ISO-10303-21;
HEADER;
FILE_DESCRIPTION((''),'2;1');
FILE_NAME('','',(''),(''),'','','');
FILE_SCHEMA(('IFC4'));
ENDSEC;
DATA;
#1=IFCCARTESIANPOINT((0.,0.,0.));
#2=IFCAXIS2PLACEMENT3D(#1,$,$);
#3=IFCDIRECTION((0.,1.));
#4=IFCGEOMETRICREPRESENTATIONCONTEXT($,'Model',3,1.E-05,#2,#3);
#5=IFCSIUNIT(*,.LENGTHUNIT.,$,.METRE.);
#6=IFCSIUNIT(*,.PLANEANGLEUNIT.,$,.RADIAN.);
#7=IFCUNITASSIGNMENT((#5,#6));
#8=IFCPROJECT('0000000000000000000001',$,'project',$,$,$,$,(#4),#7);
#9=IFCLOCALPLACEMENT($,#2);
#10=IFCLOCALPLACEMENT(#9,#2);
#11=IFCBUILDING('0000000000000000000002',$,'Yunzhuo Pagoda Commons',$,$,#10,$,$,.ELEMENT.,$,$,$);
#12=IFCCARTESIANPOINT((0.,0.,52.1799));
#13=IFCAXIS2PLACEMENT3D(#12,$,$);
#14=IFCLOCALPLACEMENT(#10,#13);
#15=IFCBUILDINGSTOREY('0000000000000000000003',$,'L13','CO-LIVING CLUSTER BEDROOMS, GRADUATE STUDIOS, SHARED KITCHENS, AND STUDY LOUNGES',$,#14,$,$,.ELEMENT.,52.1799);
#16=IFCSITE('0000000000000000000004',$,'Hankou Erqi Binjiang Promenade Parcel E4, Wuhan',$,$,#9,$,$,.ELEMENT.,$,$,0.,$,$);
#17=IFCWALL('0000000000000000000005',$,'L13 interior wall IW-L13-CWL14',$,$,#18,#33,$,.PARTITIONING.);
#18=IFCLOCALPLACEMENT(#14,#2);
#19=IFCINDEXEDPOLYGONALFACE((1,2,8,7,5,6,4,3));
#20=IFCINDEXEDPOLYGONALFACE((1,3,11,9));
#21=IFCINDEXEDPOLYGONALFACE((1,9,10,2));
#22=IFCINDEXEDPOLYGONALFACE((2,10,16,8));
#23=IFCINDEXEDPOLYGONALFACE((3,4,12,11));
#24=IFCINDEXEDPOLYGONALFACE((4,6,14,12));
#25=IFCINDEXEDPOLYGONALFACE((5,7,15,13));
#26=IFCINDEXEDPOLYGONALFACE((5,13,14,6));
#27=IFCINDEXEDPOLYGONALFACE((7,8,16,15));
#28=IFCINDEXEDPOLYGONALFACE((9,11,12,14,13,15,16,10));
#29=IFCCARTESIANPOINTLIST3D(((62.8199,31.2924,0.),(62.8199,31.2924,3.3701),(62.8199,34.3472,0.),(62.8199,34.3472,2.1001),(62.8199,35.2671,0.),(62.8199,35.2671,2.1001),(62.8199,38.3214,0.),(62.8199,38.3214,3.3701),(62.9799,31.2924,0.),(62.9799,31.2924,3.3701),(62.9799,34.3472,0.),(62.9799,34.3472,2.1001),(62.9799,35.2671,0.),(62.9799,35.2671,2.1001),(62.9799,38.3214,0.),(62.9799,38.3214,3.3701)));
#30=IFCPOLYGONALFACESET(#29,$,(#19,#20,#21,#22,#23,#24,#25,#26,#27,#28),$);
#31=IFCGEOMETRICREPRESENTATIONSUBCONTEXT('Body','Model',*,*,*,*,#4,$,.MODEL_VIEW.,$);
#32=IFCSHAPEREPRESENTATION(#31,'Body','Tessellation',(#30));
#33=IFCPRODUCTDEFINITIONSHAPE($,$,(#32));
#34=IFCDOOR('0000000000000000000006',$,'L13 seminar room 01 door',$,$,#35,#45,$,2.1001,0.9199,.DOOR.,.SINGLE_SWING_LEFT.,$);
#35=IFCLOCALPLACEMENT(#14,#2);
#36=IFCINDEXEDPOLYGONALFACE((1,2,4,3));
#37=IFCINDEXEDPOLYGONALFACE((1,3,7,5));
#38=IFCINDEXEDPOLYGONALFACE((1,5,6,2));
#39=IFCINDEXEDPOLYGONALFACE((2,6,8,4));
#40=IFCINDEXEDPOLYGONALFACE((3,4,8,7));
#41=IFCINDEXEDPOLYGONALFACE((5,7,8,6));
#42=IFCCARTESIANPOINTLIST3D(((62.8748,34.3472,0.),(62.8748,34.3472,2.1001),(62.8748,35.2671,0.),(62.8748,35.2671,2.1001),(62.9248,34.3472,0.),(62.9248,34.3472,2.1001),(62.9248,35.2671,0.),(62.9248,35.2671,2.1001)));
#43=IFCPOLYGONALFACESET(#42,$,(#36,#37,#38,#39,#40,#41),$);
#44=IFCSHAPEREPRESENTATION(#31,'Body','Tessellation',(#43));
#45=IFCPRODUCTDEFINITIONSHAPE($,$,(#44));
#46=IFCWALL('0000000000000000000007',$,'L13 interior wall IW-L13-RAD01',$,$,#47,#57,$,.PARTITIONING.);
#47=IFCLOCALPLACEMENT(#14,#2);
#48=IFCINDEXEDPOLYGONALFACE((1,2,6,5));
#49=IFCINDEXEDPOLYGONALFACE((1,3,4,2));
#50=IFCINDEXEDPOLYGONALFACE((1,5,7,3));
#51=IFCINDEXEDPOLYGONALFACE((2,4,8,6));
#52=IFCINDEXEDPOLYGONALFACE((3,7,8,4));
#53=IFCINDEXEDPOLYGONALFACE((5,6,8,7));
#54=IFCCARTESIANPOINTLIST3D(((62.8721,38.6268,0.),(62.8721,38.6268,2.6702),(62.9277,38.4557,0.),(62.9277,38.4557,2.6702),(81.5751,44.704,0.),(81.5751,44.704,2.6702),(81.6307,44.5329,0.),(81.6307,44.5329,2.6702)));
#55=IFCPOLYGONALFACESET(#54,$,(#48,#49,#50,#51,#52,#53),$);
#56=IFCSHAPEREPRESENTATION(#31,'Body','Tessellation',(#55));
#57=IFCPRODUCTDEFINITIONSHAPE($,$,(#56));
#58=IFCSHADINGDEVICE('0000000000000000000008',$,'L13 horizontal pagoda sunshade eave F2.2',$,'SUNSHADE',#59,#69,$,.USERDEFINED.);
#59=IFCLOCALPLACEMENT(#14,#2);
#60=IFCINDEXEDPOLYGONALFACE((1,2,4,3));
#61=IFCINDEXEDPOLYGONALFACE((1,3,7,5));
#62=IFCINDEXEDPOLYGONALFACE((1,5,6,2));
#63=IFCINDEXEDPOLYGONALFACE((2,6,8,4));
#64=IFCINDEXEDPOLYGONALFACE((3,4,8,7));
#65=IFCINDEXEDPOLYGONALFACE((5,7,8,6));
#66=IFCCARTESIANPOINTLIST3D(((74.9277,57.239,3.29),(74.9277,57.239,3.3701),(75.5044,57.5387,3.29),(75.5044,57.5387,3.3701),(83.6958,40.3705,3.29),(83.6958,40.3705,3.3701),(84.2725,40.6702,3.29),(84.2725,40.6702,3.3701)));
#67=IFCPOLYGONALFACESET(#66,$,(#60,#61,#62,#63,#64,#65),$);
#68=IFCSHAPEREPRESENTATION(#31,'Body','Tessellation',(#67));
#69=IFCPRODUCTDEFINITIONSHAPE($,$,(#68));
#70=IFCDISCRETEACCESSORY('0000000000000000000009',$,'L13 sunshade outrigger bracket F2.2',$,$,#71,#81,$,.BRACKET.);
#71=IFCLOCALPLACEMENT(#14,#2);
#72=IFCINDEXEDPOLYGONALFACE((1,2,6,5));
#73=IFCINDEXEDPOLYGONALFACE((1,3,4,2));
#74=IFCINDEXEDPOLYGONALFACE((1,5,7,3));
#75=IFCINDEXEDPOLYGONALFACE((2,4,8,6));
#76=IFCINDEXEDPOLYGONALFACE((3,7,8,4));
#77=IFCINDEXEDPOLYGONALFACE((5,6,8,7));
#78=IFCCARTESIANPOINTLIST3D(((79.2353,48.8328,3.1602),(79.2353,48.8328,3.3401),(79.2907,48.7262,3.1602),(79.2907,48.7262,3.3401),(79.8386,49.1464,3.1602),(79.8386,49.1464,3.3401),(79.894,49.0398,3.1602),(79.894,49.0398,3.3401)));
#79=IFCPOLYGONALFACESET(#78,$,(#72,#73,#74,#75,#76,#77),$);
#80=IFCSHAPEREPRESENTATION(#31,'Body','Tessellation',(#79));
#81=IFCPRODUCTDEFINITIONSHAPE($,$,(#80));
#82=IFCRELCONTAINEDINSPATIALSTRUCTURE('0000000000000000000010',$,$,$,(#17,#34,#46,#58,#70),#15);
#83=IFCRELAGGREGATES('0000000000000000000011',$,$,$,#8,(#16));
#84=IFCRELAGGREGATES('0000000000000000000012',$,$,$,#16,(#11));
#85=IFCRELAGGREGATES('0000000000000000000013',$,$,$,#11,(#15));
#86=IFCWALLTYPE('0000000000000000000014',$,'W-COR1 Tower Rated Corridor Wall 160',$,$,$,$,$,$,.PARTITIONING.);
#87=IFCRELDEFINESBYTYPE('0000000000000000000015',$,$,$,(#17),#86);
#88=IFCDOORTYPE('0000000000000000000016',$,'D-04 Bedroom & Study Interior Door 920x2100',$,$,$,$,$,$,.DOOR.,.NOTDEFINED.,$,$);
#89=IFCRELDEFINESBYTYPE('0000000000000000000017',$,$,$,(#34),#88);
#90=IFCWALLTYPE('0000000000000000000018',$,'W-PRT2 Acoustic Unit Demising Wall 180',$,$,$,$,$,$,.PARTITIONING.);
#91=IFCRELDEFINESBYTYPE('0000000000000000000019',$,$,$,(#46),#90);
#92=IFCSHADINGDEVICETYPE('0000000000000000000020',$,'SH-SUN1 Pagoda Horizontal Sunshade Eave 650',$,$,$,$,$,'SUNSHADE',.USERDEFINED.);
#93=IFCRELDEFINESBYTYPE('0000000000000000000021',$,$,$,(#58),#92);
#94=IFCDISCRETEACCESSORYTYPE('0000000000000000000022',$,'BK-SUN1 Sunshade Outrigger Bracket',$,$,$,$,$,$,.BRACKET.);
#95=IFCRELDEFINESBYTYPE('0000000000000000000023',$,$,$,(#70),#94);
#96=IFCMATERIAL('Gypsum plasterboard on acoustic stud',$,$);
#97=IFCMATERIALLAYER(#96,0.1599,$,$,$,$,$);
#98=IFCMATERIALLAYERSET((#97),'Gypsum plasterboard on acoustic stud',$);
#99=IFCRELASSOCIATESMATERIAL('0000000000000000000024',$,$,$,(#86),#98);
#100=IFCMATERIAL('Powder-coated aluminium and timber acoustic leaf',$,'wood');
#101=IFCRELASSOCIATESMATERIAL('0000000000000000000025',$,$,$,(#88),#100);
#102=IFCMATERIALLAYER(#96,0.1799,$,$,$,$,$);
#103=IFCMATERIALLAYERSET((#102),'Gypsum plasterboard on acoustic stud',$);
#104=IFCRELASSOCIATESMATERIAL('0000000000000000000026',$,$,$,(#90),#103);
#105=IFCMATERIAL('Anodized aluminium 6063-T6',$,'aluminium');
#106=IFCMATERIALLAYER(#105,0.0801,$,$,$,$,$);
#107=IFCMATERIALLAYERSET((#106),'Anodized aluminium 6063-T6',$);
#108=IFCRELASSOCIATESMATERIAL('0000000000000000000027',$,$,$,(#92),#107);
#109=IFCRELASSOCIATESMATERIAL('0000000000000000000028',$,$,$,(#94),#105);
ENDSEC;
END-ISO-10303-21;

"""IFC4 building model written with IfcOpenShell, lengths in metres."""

from ifc_helpers import new_model, si_unit, direction, frame, frame_2d, origin, origin_with_axes, origin_2d, place, context, subcontext, project, spatial, rectangle, extrude, source, transform, mapped, material, layer, layer_set, type_object, element, fill, save


model = new_model("IFC4")

# Units and contexts
model_context = context("Model", 3, precision=1e-05, world=origin(), true_north=direction((0.0, 1.0)))
body_context = subcontext(model_context, "Body", "Model", "MODEL_VIEW")
ifc_project = project(units=[si_unit("LENGTHUNIT", "METRE"), si_unit("PLANEANGLEUNIT", "RADIAN")], contexts=[model_context])

# Site, building, storey
site_placement = place(None, origin())
site = spatial("IfcSite", under=ifc_project, at=site_placement, Name="Hankou Erqi Binjiang Promenade Parcel E4, Wuhan", CompositionType="ELEMENT", RefElevation=0.0)
building_placement = place(site_placement, origin())
building = spatial("IfcBuilding", under=site, at=building_placement, Name="Yunzhuo Pagoda Commons", CompositionType="ELEMENT")
storey_placement = place(building_placement, frame((0.0, 0.0, 52.1799)))
storey = spatial("IfcBuildingStorey", under=building, at=storey_placement, Name="L13", Description="CO-LIVING CLUSTER BEDROOMS, GRADUATE STUDIOS, SHARED KITCHENS, AND STUDY LOUNGES", CompositionType="ELEMENT", Elevation=52.1799)

# Shared definitions
ifc_material_1 = material(Name="Anodized aluminium 6063-T6", Category="aluminium")

# Wall, opening, door
ifc_material_2 = material(Name="Gypsum plasterboard on acoustic stud")
ifc_layer_1 = layer(ifc_material_2, 0.1599)
ifc_layer_set_1 = layer_set([ifc_layer_1], Name="Gypsum plasterboard on acoustic stud")
wall_type_1 = type_object("IfcWallType", Name="W-COR1 Tower Rated Corridor Wall 160", PredefinedType="PARTITIONING", material=ifc_layer_set_1)
wall_1_placement = place(storey_placement, frame((62.8999, 38.3215, 0.0), z_axis=(0.0, 0.0, 1.0), x_axis=(0.0, -1.0, 0.0)))
wall_1 = element("IfcWall", 1, at=wall_1_placement, inside=storey, type_object=wall_type_1, Name="L13 interior wall IW-L13-CWL14", PredefinedType="PARTITIONING", context=body_context, shape_type="SweptSolid", body=[
    extrude(rectangle(XDim=7.0291, YDim=0.1599, at=frame_2d((3.5146, 0.0))), origin(), (0.0, 0.0, 1.0), 3.3701),
])
opening_1_placement = place(wall_1_placement, frame((3.0544, 0.0, 0.0)))
opening_1 = element("IfcOpeningElement", 2, at=opening_1_placement, cuts=wall_1, PredefinedType="OPENING", context=body_context, shape_type="SweptSolid", body=[
    extrude(rectangle(XDim=0.9199, YDim=2.1001, at=frame_2d((0.46, 1.05))), frame((0.0, 0.0898, 0.0), z_axis=(0.0, -1.0, 0.0), x_axis=(1.0, 0.0, 0.0)), (0.0, 0.0, 1.0), 0.1799),
])
ifc_material_3 = material(Name="Powder-coated aluminium and timber acoustic leaf", Category="wood")
door_type_1 = type_object("IfcDoorType", Name="D-04 Bedroom & Study Interior Door 920x2100", OperationType="NOTDEFINED", PredefinedType="DOOR", material=ifc_material_3)
shared_shape_1 = source(origin(), body_context, "Body", "SweptSolid", [
    extrude(rectangle(XDim=0.9199, YDim=2.1001, at=frame_2d((0.46, 1.05))), frame((0.0, 0.0249, 0.0), z_axis=(0.0, -1.0, 0.0), x_axis=(1.0, 0.0, 0.0)), (0.0, 0.0, 1.0), 0.05),
])
door_1_placement = place(opening_1_placement, origin_with_axes())
door_1 = element("IfcDoor", 3, at=door_1_placement, inside=storey, type_object=door_type_1, Name="L13 seminar room 01 door", OperationType="SINGLE_SWING_LEFT", OverallHeight=2.1001, OverallWidth=0.9199, PredefinedType="DOOR", context=body_context, shape_type="MappedRepresentation", body=[
    mapped(shared_shape_1, transform((0.0, 0.0, 0.0), scale=1.0)),
])
fill(opening_1, door_1)

# Wall
ifc_layer_2 = layer(ifc_material_2, 0.1799)
ifc_layer_set_2 = layer_set([ifc_layer_2], Name="Gypsum plasterboard on acoustic stud")
wall_type_2 = type_object("IfcWallType", Name="W-PRT2 Acoustic Unit Demising Wall 180", PredefinedType="PARTITIONING", material=ifc_layer_set_2)
wall_2_placement = place(storey_placement, frame((62.8999, 38.5413, 0.0), z_axis=(0.0, 0.0, 1.0), x_axis=(0.951053, 0.309027, 0.0)))
element("IfcWall", 4, at=wall_2_placement, inside=storey, type_object=wall_type_2, Name="L13 interior wall IW-L13-RAD01", PredefinedType="PARTITIONING", context=body_context, shape_type="SweptSolid", body=[
    extrude(rectangle(XDim=19.6655, YDim=0.1799, at=frame_2d((9.8328, 0.0))), origin(), (0.0, 0.0, 1.0), 2.6702),
])

# Shading device
ifc_layer_3 = layer(ifc_material_1, 0.0801)
ifc_layer_set_3 = layer_set([ifc_layer_3], Name="Anodized aluminium 6063-T6")
shading_device_type = type_object("IfcShadingDeviceType", Name="SH-SUN1 Pagoda Horizontal Sunshade Eave 650", ElementType="SUNSHADE", PredefinedType="USERDEFINED", material=ifc_layer_set_3)
shared_shape_2 = source(origin(), body_context, "Body", "SweptSolid", [
    extrude(rectangle(XDim=19.0112, YDim=0.6499, at=origin_2d()), origin(), (0.0, 0.0, 1.0), 0.0801),
])
shading_device_placement = place(storey_placement, frame((79.6001, 48.9546, 3.29), z_axis=(0.0, 0.0, 1.0), x_axis=(-0.461207, 0.887293, 0.0)))
element("IfcShadingDevice", 5, at=shading_device_placement, inside=storey, type_object=shading_device_type, Name="L13 horizontal pagoda sunshade eave F2.2", ObjectType="SUNSHADE", PredefinedType="USERDEFINED", context=body_context, shape_type="MappedRepresentation", body=[
    mapped(shared_shape_2, transform((0.0, 0.0, 0.0), scale=1.0)),
])

# Discrete accessory
discrete_accessory_type = type_object("IfcDiscreteAccessoryType", Name="BK-SUN1 Sunshade Outrigger Bracket", PredefinedType="BRACKET", material=ifc_material_1)
shared_shape_3 = source(origin(), body_context, "Body", "SweptSolid", [
    extrude(rectangle(XDim=0.1201, YDim=0.6799, at=origin_2d()), origin(), (0.0, 0.0, 1.0), 0.1799),
])
discrete_accessory_placement = place(storey_placement, frame((79.5647, 48.9363, 3.1602), z_axis=(0.0, 0.0, 1.0), x_axis=(-0.461207, 0.887293, 0.0)))
element("IfcDiscreteAccessory", 6, at=discrete_accessory_placement, inside=storey, type_object=discrete_accessory_type, Name="L13 sunshade outrigger bracket F2.2", PredefinedType="BRACKET", context=body_context, shape_type="MappedRepresentation", body=[
    mapped(shared_shape_3, transform((0.0, 0.0, 0.0), scale=1.0)),
])

save(model, "model.ifc")
